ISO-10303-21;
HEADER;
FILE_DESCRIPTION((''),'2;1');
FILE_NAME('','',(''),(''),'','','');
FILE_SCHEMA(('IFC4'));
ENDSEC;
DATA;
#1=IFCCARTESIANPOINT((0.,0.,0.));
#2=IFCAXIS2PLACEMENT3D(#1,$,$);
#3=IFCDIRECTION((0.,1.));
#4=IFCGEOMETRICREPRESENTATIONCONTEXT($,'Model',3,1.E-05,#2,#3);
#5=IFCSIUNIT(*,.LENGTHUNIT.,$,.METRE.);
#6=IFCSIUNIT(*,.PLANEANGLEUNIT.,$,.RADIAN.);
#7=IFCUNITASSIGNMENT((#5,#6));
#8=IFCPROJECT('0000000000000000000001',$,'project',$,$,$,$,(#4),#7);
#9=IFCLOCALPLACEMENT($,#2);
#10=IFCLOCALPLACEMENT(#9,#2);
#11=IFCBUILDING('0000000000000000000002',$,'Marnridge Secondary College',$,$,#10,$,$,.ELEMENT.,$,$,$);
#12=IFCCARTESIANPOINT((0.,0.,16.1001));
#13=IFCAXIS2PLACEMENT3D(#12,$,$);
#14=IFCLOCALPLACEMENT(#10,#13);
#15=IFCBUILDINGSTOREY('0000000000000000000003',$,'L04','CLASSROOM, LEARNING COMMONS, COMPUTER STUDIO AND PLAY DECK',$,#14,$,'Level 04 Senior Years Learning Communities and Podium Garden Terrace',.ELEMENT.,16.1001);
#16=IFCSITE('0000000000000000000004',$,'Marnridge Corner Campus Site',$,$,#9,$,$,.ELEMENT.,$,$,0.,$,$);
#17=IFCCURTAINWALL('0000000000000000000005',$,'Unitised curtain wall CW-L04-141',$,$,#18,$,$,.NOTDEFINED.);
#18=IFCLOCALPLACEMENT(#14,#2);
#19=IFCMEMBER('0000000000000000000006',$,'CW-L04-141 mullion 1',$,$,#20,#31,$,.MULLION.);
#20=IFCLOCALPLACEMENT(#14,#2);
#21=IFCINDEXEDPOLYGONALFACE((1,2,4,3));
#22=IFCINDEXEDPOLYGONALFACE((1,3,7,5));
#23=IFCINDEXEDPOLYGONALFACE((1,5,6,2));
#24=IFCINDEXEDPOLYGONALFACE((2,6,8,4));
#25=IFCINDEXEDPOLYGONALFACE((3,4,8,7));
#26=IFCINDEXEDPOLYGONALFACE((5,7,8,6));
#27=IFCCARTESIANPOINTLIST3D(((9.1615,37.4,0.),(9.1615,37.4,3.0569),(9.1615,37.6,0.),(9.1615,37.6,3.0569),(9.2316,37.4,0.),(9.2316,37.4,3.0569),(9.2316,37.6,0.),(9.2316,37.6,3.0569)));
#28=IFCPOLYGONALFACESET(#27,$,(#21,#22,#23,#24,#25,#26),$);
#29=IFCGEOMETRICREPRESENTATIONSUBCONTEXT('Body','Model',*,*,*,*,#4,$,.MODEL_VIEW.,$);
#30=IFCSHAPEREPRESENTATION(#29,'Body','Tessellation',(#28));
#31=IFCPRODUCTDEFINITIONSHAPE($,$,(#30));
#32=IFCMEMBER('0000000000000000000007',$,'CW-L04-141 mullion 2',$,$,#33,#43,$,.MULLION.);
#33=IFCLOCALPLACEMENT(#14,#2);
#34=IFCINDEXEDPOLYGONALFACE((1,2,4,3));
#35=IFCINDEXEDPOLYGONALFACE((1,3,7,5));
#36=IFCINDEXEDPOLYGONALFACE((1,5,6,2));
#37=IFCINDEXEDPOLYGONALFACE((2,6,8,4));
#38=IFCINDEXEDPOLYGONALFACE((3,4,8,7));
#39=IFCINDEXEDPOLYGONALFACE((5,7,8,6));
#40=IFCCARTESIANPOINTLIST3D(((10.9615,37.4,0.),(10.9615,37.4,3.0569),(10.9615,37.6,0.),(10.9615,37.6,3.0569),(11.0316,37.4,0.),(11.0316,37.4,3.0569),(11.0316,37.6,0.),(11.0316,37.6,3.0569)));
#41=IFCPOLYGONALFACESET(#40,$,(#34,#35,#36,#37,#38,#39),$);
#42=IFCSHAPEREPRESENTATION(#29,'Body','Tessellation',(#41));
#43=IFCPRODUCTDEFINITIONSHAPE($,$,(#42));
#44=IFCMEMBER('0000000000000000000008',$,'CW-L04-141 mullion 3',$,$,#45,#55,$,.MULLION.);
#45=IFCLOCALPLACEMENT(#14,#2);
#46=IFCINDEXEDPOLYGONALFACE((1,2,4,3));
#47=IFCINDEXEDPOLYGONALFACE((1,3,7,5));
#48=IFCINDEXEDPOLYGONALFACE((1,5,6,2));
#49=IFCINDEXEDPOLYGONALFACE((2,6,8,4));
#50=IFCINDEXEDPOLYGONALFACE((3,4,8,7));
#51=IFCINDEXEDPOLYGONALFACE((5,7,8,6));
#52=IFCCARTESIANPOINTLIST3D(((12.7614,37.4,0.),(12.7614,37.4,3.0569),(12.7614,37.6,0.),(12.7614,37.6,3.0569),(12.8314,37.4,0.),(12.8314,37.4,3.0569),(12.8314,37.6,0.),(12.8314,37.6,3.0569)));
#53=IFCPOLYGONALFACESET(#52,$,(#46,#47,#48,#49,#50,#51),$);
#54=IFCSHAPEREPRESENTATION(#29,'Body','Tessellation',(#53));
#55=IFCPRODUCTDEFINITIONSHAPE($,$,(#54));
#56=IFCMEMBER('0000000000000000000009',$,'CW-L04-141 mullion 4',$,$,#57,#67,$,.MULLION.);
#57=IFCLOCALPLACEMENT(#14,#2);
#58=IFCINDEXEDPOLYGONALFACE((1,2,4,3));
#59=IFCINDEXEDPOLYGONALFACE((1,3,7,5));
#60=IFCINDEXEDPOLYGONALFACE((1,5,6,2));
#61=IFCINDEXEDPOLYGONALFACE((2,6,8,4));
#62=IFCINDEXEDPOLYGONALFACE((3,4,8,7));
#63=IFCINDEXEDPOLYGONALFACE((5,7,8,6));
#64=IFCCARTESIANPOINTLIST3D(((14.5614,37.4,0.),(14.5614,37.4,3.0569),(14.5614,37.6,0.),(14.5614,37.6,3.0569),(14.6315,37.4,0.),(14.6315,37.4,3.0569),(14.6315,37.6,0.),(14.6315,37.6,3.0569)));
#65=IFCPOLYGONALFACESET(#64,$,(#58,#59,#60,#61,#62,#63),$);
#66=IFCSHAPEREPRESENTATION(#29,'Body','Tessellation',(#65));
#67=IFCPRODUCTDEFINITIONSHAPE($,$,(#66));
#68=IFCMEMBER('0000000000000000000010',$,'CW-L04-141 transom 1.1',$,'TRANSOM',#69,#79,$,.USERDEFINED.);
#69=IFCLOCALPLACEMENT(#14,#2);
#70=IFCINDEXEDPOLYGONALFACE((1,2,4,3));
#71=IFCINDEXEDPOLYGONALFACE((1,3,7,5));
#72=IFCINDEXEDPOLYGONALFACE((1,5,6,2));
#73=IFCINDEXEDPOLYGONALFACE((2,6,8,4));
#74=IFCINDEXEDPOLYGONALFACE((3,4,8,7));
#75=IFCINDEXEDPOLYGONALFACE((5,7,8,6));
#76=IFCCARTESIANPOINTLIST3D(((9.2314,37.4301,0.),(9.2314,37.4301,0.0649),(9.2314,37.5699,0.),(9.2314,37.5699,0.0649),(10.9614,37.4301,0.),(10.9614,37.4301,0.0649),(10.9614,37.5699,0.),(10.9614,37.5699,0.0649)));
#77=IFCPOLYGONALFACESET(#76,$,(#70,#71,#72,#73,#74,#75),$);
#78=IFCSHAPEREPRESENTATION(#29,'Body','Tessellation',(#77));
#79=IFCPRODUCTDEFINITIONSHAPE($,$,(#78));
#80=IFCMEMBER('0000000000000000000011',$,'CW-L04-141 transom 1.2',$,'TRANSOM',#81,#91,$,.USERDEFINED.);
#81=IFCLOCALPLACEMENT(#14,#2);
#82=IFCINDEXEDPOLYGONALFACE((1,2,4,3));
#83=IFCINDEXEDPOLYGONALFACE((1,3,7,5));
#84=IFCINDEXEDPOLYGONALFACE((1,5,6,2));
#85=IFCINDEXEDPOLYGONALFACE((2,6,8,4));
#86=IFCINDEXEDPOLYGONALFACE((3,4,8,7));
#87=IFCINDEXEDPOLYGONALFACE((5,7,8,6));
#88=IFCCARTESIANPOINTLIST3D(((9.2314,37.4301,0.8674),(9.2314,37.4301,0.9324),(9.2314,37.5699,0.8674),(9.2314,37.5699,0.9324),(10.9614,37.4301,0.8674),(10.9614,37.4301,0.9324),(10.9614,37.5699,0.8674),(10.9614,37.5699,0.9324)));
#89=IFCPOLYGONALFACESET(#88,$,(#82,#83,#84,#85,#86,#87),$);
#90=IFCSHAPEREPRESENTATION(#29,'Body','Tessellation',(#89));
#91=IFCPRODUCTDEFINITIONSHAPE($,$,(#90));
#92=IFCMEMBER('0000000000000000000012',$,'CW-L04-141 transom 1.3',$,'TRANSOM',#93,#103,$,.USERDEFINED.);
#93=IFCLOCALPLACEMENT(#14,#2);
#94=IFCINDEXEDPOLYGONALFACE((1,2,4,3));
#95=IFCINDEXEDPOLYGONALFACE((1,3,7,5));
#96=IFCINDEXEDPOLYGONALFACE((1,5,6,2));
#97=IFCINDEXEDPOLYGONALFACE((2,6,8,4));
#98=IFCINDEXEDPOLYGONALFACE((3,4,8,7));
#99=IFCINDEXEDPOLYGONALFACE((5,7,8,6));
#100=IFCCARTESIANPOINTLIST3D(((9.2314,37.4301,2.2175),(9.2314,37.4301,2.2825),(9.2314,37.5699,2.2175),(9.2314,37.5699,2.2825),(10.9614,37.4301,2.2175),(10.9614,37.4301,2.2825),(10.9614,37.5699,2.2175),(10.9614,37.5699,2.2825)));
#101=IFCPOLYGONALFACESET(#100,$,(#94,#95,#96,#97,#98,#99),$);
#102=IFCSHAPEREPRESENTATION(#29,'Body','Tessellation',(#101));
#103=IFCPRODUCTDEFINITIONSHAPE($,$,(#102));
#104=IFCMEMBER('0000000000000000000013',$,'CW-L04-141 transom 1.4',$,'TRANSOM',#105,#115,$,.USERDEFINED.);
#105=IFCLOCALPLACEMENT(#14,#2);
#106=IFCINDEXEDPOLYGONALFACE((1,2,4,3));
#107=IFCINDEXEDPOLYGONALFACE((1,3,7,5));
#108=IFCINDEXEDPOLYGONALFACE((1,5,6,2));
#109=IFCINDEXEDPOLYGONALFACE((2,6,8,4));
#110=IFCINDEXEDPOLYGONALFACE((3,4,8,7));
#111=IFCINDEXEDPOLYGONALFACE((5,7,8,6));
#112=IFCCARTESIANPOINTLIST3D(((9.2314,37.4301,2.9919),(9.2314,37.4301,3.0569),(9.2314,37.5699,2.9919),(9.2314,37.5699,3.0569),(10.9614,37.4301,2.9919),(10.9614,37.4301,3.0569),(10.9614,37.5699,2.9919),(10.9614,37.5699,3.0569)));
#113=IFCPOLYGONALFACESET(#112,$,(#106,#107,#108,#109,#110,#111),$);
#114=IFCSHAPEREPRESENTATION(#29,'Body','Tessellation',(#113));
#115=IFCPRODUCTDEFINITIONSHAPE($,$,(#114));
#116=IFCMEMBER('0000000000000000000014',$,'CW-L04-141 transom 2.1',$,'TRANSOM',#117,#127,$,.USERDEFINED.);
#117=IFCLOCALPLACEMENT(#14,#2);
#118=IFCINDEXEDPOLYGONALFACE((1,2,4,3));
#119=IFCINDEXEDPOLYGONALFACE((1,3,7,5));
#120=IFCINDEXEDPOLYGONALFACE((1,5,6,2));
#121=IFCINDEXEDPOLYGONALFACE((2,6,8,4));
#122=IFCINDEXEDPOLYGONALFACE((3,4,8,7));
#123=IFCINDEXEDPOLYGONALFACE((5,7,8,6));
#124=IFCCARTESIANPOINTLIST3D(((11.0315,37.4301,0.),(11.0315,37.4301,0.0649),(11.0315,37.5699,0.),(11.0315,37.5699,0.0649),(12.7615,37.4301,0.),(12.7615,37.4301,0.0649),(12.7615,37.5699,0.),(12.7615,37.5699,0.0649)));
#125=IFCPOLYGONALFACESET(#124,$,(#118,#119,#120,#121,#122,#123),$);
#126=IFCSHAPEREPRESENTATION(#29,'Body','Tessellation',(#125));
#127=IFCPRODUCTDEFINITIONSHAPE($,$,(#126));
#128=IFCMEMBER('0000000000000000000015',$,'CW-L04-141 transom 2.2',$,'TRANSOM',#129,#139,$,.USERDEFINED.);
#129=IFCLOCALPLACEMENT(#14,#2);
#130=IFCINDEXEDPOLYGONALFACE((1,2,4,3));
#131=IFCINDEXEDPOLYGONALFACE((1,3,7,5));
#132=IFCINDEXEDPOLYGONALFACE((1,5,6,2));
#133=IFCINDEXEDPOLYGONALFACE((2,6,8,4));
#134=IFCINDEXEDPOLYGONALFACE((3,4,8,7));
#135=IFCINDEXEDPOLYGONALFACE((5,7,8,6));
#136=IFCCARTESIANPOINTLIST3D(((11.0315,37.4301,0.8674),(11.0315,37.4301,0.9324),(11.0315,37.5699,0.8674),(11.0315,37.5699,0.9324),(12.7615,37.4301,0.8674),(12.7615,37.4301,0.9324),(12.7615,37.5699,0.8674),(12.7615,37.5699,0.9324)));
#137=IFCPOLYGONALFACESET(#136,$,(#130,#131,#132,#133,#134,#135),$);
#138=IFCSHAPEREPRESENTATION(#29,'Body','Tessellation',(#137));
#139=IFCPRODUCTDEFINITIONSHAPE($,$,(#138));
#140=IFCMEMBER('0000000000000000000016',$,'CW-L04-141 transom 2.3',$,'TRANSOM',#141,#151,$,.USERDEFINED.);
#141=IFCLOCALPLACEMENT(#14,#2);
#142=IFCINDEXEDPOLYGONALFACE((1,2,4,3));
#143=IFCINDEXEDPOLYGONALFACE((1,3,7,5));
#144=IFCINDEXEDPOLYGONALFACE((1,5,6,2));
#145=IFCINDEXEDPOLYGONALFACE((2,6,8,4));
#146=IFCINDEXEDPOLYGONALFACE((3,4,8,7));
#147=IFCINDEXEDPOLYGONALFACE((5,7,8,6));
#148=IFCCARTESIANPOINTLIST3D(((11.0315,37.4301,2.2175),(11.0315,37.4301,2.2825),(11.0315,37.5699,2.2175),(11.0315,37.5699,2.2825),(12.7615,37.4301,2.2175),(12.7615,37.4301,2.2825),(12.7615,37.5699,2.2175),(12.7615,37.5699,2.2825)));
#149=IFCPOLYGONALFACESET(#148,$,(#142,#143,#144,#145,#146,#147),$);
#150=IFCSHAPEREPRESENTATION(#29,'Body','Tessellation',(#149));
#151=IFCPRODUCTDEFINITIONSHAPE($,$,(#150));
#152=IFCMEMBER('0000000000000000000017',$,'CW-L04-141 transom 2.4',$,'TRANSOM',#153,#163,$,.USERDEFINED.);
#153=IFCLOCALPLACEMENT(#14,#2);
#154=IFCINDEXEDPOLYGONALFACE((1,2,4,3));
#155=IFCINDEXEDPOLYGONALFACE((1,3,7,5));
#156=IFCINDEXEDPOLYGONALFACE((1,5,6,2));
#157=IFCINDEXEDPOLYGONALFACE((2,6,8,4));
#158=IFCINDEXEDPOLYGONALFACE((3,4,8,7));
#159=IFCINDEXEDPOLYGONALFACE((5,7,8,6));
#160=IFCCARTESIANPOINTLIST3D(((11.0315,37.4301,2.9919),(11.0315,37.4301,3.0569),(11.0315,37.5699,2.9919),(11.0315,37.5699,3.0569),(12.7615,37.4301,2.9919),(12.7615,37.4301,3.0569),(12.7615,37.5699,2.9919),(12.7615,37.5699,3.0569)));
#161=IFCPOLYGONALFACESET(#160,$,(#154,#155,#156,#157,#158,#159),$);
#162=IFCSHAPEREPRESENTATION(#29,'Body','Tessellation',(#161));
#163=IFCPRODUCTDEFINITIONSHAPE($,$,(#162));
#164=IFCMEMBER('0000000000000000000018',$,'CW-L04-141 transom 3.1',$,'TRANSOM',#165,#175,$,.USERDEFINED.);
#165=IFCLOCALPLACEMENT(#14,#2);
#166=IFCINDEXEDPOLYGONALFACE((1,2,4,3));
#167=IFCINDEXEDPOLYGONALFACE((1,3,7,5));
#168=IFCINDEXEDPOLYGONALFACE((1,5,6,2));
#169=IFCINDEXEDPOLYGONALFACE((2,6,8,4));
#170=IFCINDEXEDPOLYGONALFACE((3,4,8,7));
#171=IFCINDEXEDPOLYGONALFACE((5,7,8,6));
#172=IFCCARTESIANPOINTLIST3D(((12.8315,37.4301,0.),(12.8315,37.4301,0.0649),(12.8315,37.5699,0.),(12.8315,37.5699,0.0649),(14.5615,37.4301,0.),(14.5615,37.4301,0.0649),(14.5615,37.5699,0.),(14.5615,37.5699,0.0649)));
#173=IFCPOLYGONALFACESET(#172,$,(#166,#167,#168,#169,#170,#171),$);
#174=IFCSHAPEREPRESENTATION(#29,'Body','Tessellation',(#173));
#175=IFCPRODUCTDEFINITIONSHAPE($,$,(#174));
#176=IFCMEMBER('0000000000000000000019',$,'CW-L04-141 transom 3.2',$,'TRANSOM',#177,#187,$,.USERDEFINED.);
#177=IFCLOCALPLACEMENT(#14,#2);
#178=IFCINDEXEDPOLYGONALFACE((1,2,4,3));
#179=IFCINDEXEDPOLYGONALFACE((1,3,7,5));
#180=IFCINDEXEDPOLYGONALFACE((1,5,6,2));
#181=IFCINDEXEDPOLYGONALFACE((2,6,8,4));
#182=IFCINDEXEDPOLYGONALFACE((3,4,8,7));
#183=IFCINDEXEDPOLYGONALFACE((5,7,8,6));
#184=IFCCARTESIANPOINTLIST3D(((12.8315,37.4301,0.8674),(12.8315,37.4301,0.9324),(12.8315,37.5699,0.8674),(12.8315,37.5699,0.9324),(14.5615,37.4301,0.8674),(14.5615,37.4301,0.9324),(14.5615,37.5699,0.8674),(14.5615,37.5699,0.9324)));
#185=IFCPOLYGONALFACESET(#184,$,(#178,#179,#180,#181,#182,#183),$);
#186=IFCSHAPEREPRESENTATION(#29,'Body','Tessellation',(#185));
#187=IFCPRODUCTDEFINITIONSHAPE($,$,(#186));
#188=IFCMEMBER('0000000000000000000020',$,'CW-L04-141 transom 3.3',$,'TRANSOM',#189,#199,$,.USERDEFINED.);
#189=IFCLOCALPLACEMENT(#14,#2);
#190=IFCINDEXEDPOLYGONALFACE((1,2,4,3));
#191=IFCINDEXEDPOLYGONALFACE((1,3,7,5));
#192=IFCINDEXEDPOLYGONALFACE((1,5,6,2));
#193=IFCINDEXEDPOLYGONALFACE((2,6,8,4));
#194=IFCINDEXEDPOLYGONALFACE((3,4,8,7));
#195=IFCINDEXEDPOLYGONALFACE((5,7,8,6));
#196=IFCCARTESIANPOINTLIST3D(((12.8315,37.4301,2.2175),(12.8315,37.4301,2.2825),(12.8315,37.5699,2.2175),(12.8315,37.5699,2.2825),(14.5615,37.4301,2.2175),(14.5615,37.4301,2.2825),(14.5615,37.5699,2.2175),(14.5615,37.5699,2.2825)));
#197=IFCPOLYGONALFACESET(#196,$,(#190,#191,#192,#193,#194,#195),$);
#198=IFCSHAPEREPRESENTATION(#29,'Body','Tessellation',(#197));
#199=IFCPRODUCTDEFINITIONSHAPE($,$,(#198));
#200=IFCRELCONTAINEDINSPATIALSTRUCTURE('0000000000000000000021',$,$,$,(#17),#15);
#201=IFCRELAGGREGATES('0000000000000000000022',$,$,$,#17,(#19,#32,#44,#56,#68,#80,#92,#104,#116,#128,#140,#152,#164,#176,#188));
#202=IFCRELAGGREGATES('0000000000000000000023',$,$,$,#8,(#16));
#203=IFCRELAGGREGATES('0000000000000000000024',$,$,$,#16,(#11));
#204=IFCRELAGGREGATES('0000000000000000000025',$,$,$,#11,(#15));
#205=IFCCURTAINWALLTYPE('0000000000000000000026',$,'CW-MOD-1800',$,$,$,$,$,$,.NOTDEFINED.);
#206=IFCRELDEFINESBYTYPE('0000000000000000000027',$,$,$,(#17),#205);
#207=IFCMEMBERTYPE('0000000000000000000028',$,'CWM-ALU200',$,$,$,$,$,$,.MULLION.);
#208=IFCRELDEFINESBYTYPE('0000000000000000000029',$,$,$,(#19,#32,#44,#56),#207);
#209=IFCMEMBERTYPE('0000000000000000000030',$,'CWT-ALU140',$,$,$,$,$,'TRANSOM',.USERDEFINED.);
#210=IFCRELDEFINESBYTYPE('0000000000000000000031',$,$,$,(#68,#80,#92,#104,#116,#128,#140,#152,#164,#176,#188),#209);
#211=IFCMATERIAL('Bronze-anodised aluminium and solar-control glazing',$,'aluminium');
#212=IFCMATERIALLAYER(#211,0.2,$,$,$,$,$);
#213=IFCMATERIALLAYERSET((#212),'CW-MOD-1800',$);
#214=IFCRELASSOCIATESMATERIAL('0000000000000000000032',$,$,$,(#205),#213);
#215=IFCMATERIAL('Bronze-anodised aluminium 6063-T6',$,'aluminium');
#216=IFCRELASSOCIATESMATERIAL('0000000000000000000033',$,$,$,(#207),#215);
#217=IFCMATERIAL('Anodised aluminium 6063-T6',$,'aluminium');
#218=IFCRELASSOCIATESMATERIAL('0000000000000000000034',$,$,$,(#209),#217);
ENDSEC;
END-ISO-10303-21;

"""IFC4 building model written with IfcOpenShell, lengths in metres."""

from ifc_helpers import new_model, si_unit, direction, frame, origin, origin_2d, place, context, subcontext, project, spatial, rectangle, extrude, material, layer, layer_set, material_profile, profile_set, type_object, element, aggregate, save


model = new_model("IFC4")

# Units and contexts
model_context = context("Model", 3, precision=1e-05, world=origin(), true_north=direction((0.0, 1.0)))
body_context = subcontext(model_context, "Body", "Model", "MODEL_VIEW")
ifc_project = project(units=[si_unit("LENGTHUNIT", "METRE"), si_unit("PLANEANGLEUNIT", "RADIAN")], contexts=[model_context])

# Site, building, storey
site_placement = place(None, origin())
site = spatial("IfcSite", under=ifc_project, at=site_placement, Name="Marnridge Corner Campus Site", CompositionType="ELEMENT", RefElevation=0.0)
building_placement = place(site_placement, origin())
building = spatial("IfcBuilding", under=site, at=building_placement, Name="Marnridge Secondary College", CompositionType="ELEMENT")
storey_placement = place(building_placement, frame((0.0, 0.0, 16.1001)))
storey = spatial("IfcBuildingStorey", under=building, at=storey_placement, Name="L04", Description="CLASSROOM, LEARNING COMMONS, COMPUTER STUDIO AND PLAY DECK", LongName="Level 04 Senior Years Learning Communities and Podium Garden Terrace", CompositionType="ELEMENT", Elevation=16.1001)

# Curtain wall, members
ifc_material_1 = material(Name="Bronze-anodised aluminium and solar-control glazing", Category="aluminium")
ifc_layer_1 = layer(ifc_material_1, 0.2)
ifc_layer_set_1 = layer_set([ifc_layer_1], Name="CW-MOD-1800")
curtain_wall_type = type_object("IfcCurtainWallType", Name="CW-MOD-1800", PredefinedType="NOTDEFINED", material=ifc_layer_set_1)
curtain_wall_placement = place(storey_placement, origin())
curtain_wall = element("IfcCurtainWall", 1, at=curtain_wall_placement, inside=storey, type_object=curtain_wall_type, Name="Unitised curtain wall CW-L04-141", PredefinedType="NOTDEFINED")
ifc_material_2 = material(Name="Bronze-anodised aluminium 6063-T6", Category="aluminium")
ifc_material_profile_1 = material_profile(ifc_material_2, rectangle(XDim=0.0701, YDim=0.2, at=origin_2d()), Name="ALU 70x200")
ifc_profile_set_1 = profile_set([ifc_material_profile_1], Name="Bronze-anodised aluminium 6063-T6")
member_type_1 = type_object("IfcMemberType", Name="CWM-ALU200", PredefinedType="MULLION", material=ifc_profile_set_1)
member_1_placement = place(storey_placement, frame((9.1965, 37.5, 0.0), z_axis=(0.0, 0.0, 1.0), x_axis=(1.0, 0.0, 0.0)))
member_1 = element("IfcMember", 2, at=member_1_placement, type_object=member_type_1, Name="CW-L04-141 mullion 1", PredefinedType="MULLION", context=body_context, shape_type="SweptSolid", body=[
    extrude(rectangle(XDim=0.0701, YDim=0.2, at=origin_2d()), origin(), (0.0, 0.0, 1.0), 3.0569),
])
member_2_placement = place(storey_placement, frame((10.9966, 37.5, 0.0), z_axis=(0.0, 0.0, 1.0), x_axis=(1.0, 0.0, 0.0)))
member_2 = element("IfcMember", 3, at=member_2_placement, type_object=member_type_1, Name="CW-L04-141 mullion 2", PredefinedType="MULLION", context=body_context, shape_type="SweptSolid", body=[
    extrude(rectangle(XDim=0.0701, YDim=0.2, at=origin_2d()), origin(), (0.0, 0.0, 1.0), 3.0569),
])
member_3_placement = place(storey_placement, frame((12.7964, 37.5, 0.0), z_axis=(0.0, 0.0, 1.0), x_axis=(1.0, 0.0, 0.0)))
member_3 = element("IfcMember", 4, at=member_3_placement, type_object=member_type_1, Name="CW-L04-141 mullion 3", PredefinedType="MULLION", context=body_context, shape_type="SweptSolid", body=[
    extrude(rectangle(XDim=0.0701, YDim=0.2, at=origin_2d()), origin(), (0.0, 0.0, 1.0), 3.0569),
])
member_4_placement = place(storey_placement, frame((14.5964, 37.5, 0.0), z_axis=(0.0, 0.0, 1.0), x_axis=(1.0, 0.0, 0.0)))
member_4 = element("IfcMember", 5, at=member_4_placement, type_object=member_type_1, Name="CW-L04-141 mullion 4", PredefinedType="MULLION", context=body_context, shape_type="SweptSolid", body=[
    extrude(rectangle(XDim=0.0701, YDim=0.2, at=origin_2d()), origin(), (0.0, 0.0, 1.0), 3.0569),
])
ifc_material_3 = material(Name="Anodised aluminium 6063-T6", Category="aluminium")
ifc_material_profile_2 = material_profile(ifc_material_3, rectangle(XDim=0.0649, YDim=0.1399, at=origin_2d()), Name="ALU 65x140")
ifc_profile_set_2 = profile_set([ifc_material_profile_2], Name="Anodised aluminium 6063-T6")
member_type_2 = type_object("IfcMemberType", Name="CWT-ALU140", ElementType="TRANSOM", PredefinedType="USERDEFINED", material=ifc_profile_set_2)
member_5_placement = place(storey_placement, frame((9.2314, 37.5, 0.0325), z_axis=(1.0, 0.0, 0.0), x_axis=(0.0, 0.0, 1.0)))
member_5 = element("IfcMember", 6, at=member_5_placement, type_object=member_type_2, Name="CW-L04-141 transom 1.1", ObjectType="TRANSOM", PredefinedType="USERDEFINED", context=body_context, shape_type="SweptSolid", body=[
    extrude(rectangle(XDim=0.0649, YDim=0.1399, at=origin_2d()), origin(), (0.0, 0.0, 1.0), 1.73),
])
member_6_placement = place(storey_placement, frame((9.2314, 37.5, 0.8999), z_axis=(1.0, 0.0, 0.0), x_axis=(0.0, 0.0, 1.0)))
member_6 = element("IfcMember", 7, at=member_6_placement, type_object=member_type_2, Name="CW-L04-141 transom 1.2", ObjectType="TRANSOM", PredefinedType="USERDEFINED", context=body_context, shape_type="SweptSolid", body=[
    extrude(rectangle(XDim=0.0649, YDim=0.1399, at=origin_2d()), origin(), (0.0, 0.0, 1.0), 1.73),
])
member_7_placement = place(storey_placement, frame((9.2314, 37.5, 2.25), z_axis=(1.0, 0.0, 0.0), x_axis=(0.0, 0.0, 1.0)))
member_7 = element("IfcMember", 8, at=member_7_placement, type_object=member_type_2, Name="CW-L04-141 transom 1.3", ObjectType="TRANSOM", PredefinedType="USERDEFINED", context=body_context, shape_type="SweptSolid", body=[
    extrude(rectangle(XDim=0.0649, YDim=0.1399, at=origin_2d()), origin(), (0.0, 0.0, 1.0), 1.73),
])
member_8_placement = place(storey_placement, frame((9.2314, 37.5, 3.0244), z_axis=(1.0, 0.0, 0.0), x_axis=(0.0, 0.0, 1.0)))
member_8 = element("IfcMember", 9, at=member_8_placement, type_object=member_type_2, Name="CW-L04-141 transom 1.4", ObjectType="TRANSOM", PredefinedType="USERDEFINED", context=body_context, shape_type="SweptSolid", body=[
    extrude(rectangle(XDim=0.0649, YDim=0.1399, at=origin_2d()), origin(), (0.0, 0.0, 1.0), 1.73),
])
member_9_placement = place(storey_placement, frame((11.0315, 37.5, 0.0325), z_axis=(1.0, 0.0, 0.0), x_axis=(0.0, 0.0, 1.0)))
member_9 = element("IfcMember", 10, at=member_9_placement, type_object=member_type_2, Name="CW-L04-141 transom 2.1", ObjectType="TRANSOM", PredefinedType="USERDEFINED", context=body_context, shape_type="SweptSolid", body=[
    extrude(rectangle(XDim=0.0649, YDim=0.1399, at=origin_2d()), origin(), (0.0, 0.0, 1.0), 1.73),
])
member_10_placement = place(storey_placement, frame((11.0315, 37.5, 0.8999), z_axis=(1.0, 0.0, 0.0), x_axis=(0.0, 0.0, 1.0)))
member_10 = element("IfcMember", 11, at=member_10_placement, type_object=member_type_2, Name="CW-L04-141 transom 2.2", ObjectType="TRANSOM", PredefinedType="USERDEFINED", context=body_context, shape_type="SweptSolid", body=[
    extrude(rectangle(XDim=0.0649, YDim=0.1399, at=origin_2d()), origin(), (0.0, 0.0, 1.0), 1.73),
])
member_11_placement = place(storey_placement, frame((11.0315, 37.5, 2.25), z_axis=(1.0, 0.0, 0.0), x_axis=(0.0, 0.0, 1.0)))
member_11 = element("IfcMember", 12, at=member_11_placement, type_object=member_type_2, Name="CW-L04-141 transom 2.3", ObjectType="TRANSOM", PredefinedType="USERDEFINED", context=body_context, shape_type="SweptSolid", body=[
    extrude(rectangle(XDim=0.0649, YDim=0.1399, at=origin_2d()), origin(), (0.0, 0.0, 1.0), 1.73),
])
member_12_placement = place(storey_placement, frame((11.0315, 37.5, 3.0244), z_axis=(1.0, 0.0, 0.0), x_axis=(0.0, 0.0, 1.0)))
member_12 = element("IfcMember", 13, at=member_12_placement, type_object=member_type_2, Name="CW-L04-141 transom 2.4", ObjectType="TRANSOM", PredefinedType="USERDEFINED", context=body_context, shape_type="SweptSolid", body=[
    extrude(rectangle(XDim=0.0649, YDim=0.1399, at=origin_2d()), origin(), (0.0, 0.0, 1.0), 1.73),
])
member_13_placement = place(storey_placement, frame((12.8315, 37.5, 0.0325), z_axis=(1.0, 0.0, 0.0), x_axis=(0.0, 0.0, 1.0)))
member_13 = element("IfcMember", 14, at=member_13_placement, type_object=member_type_2, Name="CW-L04-141 transom 3.1", ObjectType="TRANSOM", PredefinedType="USERDEFINED", context=body_context, shape_type="SweptSolid", body=[
    extrude(rectangle(XDim=0.0649, YDim=0.1399, at=origin_2d()), origin(), (0.0, 0.0, 1.0), 1.73),
])
member_14_placement = place(storey_placement, frame((12.8315, 37.5, 0.8999), z_axis=(1.0, 0.0, 0.0), x_axis=(0.0, 0.0, 1.0)))
member_14 = element("IfcMember", 15, at=member_14_placement, type_object=member_type_2, Name="CW-L04-141 transom 3.2", ObjectType="TRANSOM", PredefinedType="USERDEFINED", context=body_context, shape_type="SweptSolid", body=[
    extrude(rectangle(XDim=0.0649, YDim=0.1399, at=origin_2d()), origin(), (0.0, 0.0, 1.0), 1.73),
])
member_15_placement = place(storey_placement, frame((12.8315, 37.5, 2.25), z_axis=(1.0, 0.0, 0.0), x_axis=(0.0, 0.0, 1.0)))
member_15 = element("IfcMember", 16, at=member_15_placement, type_object=member_type_2, Name="CW-L04-141 transom 3.3", ObjectType="TRANSOM", PredefinedType="USERDEFINED", context=body_context, shape_type="SweptSolid", body=[
    extrude(rectangle(XDim=0.0649, YDim=0.1399, at=origin_2d()), origin(), (0.0, 0.0, 1.0), 1.73),
])
aggregate(curtain_wall, [member_1, member_2, member_3, member_4, member_5, member_6, member_7, member_8, member_9, member_10, member_11, member_12, member_13, member_14, member_15])

save(model, "model.ifc")
